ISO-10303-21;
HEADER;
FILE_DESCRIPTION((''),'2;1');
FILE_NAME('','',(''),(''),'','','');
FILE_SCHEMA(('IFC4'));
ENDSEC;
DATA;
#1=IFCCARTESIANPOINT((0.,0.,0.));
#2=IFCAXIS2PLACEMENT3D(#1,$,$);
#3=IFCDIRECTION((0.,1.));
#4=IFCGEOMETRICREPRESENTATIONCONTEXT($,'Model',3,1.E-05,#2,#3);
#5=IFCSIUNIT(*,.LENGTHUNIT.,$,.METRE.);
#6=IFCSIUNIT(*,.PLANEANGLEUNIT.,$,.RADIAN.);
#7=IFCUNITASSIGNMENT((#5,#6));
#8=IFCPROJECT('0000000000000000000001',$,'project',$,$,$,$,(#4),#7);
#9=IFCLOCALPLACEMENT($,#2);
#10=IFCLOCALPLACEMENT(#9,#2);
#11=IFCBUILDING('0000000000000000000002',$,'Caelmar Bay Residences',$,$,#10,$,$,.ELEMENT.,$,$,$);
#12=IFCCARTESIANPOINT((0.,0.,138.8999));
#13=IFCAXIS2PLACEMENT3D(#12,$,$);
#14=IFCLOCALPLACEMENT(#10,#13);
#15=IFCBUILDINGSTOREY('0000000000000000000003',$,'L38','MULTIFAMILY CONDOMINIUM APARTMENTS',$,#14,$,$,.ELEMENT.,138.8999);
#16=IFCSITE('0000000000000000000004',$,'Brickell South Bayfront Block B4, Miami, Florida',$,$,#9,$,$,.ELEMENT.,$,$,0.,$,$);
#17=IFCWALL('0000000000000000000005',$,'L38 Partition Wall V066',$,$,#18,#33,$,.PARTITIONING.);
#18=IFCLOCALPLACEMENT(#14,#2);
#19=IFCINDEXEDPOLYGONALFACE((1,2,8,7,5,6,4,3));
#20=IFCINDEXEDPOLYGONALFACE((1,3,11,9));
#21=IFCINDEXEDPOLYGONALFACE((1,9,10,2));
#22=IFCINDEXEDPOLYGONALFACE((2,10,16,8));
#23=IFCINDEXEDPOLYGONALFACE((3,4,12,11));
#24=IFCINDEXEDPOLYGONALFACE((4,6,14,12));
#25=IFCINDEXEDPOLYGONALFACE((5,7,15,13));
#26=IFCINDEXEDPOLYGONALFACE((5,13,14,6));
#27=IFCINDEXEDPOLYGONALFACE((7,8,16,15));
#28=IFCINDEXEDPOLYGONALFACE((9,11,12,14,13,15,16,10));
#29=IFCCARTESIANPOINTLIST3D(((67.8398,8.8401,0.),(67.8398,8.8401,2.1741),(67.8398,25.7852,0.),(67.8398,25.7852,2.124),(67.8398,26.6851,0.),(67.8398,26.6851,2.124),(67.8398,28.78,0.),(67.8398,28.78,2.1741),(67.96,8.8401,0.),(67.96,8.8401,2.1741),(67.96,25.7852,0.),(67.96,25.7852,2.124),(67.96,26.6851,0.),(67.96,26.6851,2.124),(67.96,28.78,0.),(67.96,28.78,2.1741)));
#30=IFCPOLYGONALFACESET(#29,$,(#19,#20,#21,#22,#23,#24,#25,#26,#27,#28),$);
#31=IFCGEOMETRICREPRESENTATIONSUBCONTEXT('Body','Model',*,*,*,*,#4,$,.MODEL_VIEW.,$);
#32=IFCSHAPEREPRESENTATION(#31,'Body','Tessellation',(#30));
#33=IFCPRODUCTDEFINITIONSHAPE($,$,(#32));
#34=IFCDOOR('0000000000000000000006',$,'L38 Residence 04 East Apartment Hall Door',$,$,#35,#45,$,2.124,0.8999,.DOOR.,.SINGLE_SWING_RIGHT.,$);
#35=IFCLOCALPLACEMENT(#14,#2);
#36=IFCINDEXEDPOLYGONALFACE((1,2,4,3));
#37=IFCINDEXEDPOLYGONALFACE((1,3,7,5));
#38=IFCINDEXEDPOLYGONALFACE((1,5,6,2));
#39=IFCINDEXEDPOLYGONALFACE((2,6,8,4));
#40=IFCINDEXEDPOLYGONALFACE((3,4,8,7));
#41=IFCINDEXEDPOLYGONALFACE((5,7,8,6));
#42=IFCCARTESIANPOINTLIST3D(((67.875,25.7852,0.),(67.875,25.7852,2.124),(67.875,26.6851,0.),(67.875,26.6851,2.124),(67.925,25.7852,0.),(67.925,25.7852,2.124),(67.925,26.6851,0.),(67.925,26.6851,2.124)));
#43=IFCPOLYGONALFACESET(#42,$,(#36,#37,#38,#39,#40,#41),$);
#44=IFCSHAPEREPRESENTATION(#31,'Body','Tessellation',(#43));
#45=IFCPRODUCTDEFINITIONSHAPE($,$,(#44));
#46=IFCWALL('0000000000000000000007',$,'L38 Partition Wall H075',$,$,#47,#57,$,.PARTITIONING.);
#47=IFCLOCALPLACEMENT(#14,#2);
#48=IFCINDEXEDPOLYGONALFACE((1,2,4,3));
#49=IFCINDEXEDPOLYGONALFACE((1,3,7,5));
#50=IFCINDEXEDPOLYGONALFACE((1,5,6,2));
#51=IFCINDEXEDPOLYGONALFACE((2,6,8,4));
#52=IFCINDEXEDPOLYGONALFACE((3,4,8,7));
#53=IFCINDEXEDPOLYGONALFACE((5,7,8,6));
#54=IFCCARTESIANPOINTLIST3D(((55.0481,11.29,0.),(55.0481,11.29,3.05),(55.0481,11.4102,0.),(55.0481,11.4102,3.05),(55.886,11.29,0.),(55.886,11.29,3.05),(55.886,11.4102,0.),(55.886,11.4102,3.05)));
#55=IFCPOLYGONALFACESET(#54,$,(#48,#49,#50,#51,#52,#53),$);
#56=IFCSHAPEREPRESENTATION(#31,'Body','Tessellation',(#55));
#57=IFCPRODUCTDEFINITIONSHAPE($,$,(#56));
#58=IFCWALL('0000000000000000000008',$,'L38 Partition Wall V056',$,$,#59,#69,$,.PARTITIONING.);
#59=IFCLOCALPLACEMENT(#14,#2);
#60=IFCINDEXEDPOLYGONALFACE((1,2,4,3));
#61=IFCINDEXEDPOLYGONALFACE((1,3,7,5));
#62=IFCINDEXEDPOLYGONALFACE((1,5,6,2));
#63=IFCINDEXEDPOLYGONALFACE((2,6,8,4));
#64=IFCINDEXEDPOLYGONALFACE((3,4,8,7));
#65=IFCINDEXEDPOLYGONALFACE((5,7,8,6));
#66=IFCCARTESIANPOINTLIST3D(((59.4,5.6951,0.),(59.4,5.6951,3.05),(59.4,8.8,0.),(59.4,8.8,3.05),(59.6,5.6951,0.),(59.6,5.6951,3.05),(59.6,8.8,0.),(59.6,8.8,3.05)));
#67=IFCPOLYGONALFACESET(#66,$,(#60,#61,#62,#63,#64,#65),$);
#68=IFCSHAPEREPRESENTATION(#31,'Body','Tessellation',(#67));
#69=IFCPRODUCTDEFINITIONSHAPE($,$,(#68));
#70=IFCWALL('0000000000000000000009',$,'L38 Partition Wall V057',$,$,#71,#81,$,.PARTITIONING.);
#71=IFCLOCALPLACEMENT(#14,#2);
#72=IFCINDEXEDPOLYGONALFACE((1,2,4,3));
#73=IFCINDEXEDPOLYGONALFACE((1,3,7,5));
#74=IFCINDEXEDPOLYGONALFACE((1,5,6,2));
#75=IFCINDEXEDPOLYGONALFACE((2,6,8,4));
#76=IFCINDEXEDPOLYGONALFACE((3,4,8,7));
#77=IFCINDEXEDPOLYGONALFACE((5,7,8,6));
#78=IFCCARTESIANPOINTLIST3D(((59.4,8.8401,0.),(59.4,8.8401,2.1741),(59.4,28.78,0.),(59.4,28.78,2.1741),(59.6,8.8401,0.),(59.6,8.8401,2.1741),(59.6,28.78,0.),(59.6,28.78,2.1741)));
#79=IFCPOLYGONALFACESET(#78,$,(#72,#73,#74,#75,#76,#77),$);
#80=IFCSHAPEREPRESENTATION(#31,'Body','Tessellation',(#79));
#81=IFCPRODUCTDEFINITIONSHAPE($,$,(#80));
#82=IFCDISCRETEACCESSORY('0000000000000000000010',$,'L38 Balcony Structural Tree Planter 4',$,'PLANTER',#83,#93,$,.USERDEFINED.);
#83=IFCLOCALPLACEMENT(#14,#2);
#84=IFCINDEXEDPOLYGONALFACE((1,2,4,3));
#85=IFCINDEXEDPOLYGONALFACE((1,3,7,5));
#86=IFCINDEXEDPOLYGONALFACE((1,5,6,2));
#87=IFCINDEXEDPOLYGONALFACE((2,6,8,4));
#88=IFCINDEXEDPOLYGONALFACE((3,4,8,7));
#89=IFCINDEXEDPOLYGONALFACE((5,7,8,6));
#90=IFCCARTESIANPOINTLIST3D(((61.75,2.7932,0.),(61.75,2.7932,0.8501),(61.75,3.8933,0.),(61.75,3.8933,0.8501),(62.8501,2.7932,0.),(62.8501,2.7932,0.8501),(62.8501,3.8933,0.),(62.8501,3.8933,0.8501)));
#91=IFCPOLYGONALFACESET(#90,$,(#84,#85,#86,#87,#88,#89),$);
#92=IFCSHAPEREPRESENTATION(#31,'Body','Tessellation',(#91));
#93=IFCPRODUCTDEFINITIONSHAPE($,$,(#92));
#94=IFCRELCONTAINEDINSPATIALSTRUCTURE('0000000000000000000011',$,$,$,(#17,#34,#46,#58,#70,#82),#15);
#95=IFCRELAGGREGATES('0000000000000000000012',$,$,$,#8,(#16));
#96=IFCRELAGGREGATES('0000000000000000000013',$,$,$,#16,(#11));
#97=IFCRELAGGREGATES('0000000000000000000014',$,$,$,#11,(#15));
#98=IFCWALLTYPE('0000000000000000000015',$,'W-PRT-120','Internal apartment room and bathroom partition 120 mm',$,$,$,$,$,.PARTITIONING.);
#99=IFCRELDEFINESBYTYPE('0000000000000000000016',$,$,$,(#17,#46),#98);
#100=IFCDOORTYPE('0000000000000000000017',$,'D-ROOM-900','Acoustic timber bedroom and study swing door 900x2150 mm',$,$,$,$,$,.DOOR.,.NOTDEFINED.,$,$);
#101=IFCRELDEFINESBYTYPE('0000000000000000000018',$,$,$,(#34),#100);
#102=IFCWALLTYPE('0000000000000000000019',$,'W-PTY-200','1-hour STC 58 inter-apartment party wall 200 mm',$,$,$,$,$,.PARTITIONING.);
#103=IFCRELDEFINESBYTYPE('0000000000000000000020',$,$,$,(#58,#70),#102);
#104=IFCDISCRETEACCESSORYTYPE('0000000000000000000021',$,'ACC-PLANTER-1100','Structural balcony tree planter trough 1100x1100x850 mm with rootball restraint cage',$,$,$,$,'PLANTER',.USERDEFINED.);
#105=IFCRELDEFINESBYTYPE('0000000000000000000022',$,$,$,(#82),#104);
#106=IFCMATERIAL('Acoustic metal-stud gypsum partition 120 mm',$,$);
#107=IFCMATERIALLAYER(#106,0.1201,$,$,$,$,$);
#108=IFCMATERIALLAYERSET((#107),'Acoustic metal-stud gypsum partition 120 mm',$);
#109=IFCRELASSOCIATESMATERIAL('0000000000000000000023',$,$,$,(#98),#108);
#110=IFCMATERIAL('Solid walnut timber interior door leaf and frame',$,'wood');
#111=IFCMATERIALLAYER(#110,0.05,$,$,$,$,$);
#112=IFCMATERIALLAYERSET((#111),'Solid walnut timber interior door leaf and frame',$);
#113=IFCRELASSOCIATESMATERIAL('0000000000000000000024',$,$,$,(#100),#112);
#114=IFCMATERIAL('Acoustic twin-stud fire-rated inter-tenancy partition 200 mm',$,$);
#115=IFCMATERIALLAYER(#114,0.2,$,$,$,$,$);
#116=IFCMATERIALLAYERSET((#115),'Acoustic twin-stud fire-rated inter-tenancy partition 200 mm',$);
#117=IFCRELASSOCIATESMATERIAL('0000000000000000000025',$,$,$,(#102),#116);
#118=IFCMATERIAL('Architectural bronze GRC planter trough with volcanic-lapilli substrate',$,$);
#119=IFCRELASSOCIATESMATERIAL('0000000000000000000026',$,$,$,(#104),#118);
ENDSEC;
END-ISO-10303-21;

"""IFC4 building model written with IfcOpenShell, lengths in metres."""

from ifc_helpers import new_model, si_unit, direction, frame, frame_2d, origin, origin_2d, place, context, subcontext, project, spatial, rectangle, extrude, material, layer, layer_set, type_object, element, fill, save


model = new_model("IFC4")

# Units and contexts
model_context = context("Model", 3, precision=1e-05, world=origin(), true_north=direction((0.0, 1.0)))
body_context = subcontext(model_context, "Body", "Model", "MODEL_VIEW")
ifc_project = project(units=[si_unit("LENGTHUNIT", "METRE"), si_unit("PLANEANGLEUNIT", "RADIAN")], contexts=[model_context])

# Site, building, storey
site_placement = place(None, origin())
site = spatial("IfcSite", under=ifc_project, at=site_placement, Name="Brickell South Bayfront Block B4, Miami, Florida", CompositionType="ELEMENT", RefElevation=0.0)
building_placement = place(site_placement, origin())
building = spatial("IfcBuilding", under=site, at=building_placement, Name="Caelmar Bay Residences", CompositionType="ELEMENT")
storey_placement = place(building_placement, frame((0.0, 0.0, 138.8999)))
storey = spatial("IfcBuildingStorey", under=building, at=storey_placement, Name="L38", Description="MULTIFAMILY CONDOMINIUM APARTMENTS", CompositionType="ELEMENT", Elevation=138.8999)

# Shared definitions
ifc_material_1 = material(Name="Acoustic metal-stud gypsum partition 120 mm")
ifc_layer_1 = layer(ifc_material_1, 0.1201)
ifc_layer_set_1 = layer_set([ifc_layer_1], Name="Acoustic metal-stud gypsum partition 120 mm")
wall_type_1 = type_object("IfcWallType", Name="W-PRT-120", Description="Internal apartment room and bathroom partition 120 mm", PredefinedType="PARTITIONING", material=ifc_layer_set_1)

# Wall, opening, door
wall_1_placement = place(storey_placement, frame((67.8999, 8.8401, 0.0), z_axis=(0.0, 0.0, 1.0), x_axis=(0.0, 1.0, 0.0)))
wall_1 = element("IfcWall", 1, at=wall_1_placement, inside=storey, type_object=wall_type_1, Name="L38 Partition Wall V066", PredefinedType="PARTITIONING", context=body_context, shape_type="SweptSolid", body=[
    extrude(rectangle(XDim=19.9399, YDim=0.1201, at=frame_2d((9.97, 0.0))), origin(), (0.0, 0.0, 1.0), 2.1741),
])
opening_1_placement = place(wall_1_placement, frame((16.9451, 0.0, 0.0)))
opening_1 = element("IfcOpeningElement", 2, at=opening_1_placement, cuts=wall_1, PredefinedType="OPENING", context=body_context, shape_type="SweptSolid", body=[
    extrude(rectangle(XDim=0.8999, YDim=2.124, at=frame_2d((0.45, 1.062))), frame((0.0, 0.0701, 0.0), z_axis=(0.0, -1.0, 0.0), x_axis=(1.0, 0.0, 0.0)), (0.0, 0.0, 1.0), 0.1401),
])
ifc_material_2 = material(Name="Solid walnut timber interior door leaf and frame", Category="wood")
ifc_layer_2 = layer(ifc_material_2, 0.05)
ifc_layer_set_2 = layer_set([ifc_layer_2], Name="Solid walnut timber interior door leaf and frame")
door_type = type_object("IfcDoorType", Name="D-ROOM-900", Description="Acoustic timber bedroom and study swing door 900x2150 mm", OperationType="NOTDEFINED", PredefinedType="DOOR", material=ifc_layer_set_2)
door_1_placement = place(opening_1_placement, origin())
door_1 = element("IfcDoor", 3, at=door_1_placement, inside=storey, type_object=door_type, Name="L38 Residence 04 East Apartment Hall Door", OperationType="SINGLE_SWING_RIGHT", OverallHeight=2.124, OverallWidth=0.8999, PredefinedType="DOOR", context=body_context, shape_type="SweptSolid", body=[
    extrude(rectangle(XDim=0.8999, YDim=2.124, at=frame_2d((0.45, 1.062))), frame((0.0, 0.0249, 0.0), z_axis=(0.0, -1.0, 0.0), x_axis=(1.0, 0.0, 0.0)), (0.0, 0.0, 1.0), 0.05),
])
fill(opening_1, door_1)

# Wall
wall_2_placement = place(storey_placement, frame((55.0481, 11.3501, 0.0), z_axis=(0.0, 0.0, 1.0), x_axis=(1.0, 0.0, 0.0)))
element("IfcWall", 4, at=wall_2_placement, inside=storey, type_object=wall_type_1, Name="L38 Partition Wall H075", PredefinedType="PARTITIONING", context=body_context, shape_type="SweptSolid", body=[
    extrude(rectangle(XDim=0.8379, YDim=0.1201, at=frame_2d((0.4189, 0.0))), origin(), (0.0, 0.0, 1.0), 3.05),
])

# Walls
ifc_material_3 = material(Name="Acoustic twin-stud fire-rated inter-tenancy partition 200 mm")
ifc_layer_3 = layer(ifc_material_3, 0.2)
ifc_layer_set_3 = layer_set([ifc_layer_3], Name="Acoustic twin-stud fire-rated inter-tenancy partition 200 mm")
wall_type_2 = type_object("IfcWallType", Name="W-PTY-200", Description="1-hour STC 58 inter-apartment party wall 200 mm", PredefinedType="PARTITIONING", material=ifc_layer_set_3)
wall_3_placement = place(storey_placement, frame((59.5, 5.6951, 0.0), z_axis=(0.0, 0.0, 1.0), x_axis=(0.0, 1.0, 0.0)))
element("IfcWall", 5, at=wall_3_placement, inside=storey, type_object=wall_type_2, Name="L38 Partition Wall V056", PredefinedType="PARTITIONING", context=body_context, shape_type="SweptSolid", body=[
    extrude(rectangle(XDim=3.105, YDim=0.2, at=frame_2d((1.5525, 0.0))), origin(), (0.0, 0.0, 1.0), 3.05),
])
wall_4_placement = place(storey_placement, frame((59.5, 8.8401, 0.0), z_axis=(0.0, 0.0, 1.0), x_axis=(0.0, 1.0, 0.0)))
element("IfcWall", 6, at=wall_4_placement, inside=storey, type_object=wall_type_2, Name="L38 Partition Wall V057", PredefinedType="PARTITIONING", context=body_context, shape_type="SweptSolid", body=[
    extrude(rectangle(XDim=19.9399, YDim=0.2, at=frame_2d((9.97, 0.0))), origin(), (0.0, 0.0, 1.0), 2.1741),
])

# Discrete accessory
ifc_material_4 = material(Name="Architectural bronze GRC planter trough with volcanic-lapilli substrate")
discrete_accessory_type = type_object("IfcDiscreteAccessoryType", Name="ACC-PLANTER-1100", Description="Structural balcony tree planter trough 1100x1100x850 mm with rootball restraint cage", ElementType="PLANTER", PredefinedType="USERDEFINED", material=ifc_material_4)
discrete_accessory_placement = place(storey_placement, frame((62.3, 3.3433, 0.0), z_axis=(0.0, 0.0, 1.0), x_axis=(1.0, 0.0, 0.0)))
element("IfcDiscreteAccessory", 7, at=discrete_accessory_placement, inside=storey, type_object=discrete_accessory_type, Name="L38 Balcony Structural Tree Planter 4", ObjectType="PLANTER", PredefinedType="USERDEFINED", context=body_context, shape_type="SweptSolid", body=[
    extrude(rectangle(XDim=1.1001, YDim=1.1001, at=origin_2d()), origin(), (0.0, 0.0, 1.0), 0.8501),
])

save(model, "model.ifc")
